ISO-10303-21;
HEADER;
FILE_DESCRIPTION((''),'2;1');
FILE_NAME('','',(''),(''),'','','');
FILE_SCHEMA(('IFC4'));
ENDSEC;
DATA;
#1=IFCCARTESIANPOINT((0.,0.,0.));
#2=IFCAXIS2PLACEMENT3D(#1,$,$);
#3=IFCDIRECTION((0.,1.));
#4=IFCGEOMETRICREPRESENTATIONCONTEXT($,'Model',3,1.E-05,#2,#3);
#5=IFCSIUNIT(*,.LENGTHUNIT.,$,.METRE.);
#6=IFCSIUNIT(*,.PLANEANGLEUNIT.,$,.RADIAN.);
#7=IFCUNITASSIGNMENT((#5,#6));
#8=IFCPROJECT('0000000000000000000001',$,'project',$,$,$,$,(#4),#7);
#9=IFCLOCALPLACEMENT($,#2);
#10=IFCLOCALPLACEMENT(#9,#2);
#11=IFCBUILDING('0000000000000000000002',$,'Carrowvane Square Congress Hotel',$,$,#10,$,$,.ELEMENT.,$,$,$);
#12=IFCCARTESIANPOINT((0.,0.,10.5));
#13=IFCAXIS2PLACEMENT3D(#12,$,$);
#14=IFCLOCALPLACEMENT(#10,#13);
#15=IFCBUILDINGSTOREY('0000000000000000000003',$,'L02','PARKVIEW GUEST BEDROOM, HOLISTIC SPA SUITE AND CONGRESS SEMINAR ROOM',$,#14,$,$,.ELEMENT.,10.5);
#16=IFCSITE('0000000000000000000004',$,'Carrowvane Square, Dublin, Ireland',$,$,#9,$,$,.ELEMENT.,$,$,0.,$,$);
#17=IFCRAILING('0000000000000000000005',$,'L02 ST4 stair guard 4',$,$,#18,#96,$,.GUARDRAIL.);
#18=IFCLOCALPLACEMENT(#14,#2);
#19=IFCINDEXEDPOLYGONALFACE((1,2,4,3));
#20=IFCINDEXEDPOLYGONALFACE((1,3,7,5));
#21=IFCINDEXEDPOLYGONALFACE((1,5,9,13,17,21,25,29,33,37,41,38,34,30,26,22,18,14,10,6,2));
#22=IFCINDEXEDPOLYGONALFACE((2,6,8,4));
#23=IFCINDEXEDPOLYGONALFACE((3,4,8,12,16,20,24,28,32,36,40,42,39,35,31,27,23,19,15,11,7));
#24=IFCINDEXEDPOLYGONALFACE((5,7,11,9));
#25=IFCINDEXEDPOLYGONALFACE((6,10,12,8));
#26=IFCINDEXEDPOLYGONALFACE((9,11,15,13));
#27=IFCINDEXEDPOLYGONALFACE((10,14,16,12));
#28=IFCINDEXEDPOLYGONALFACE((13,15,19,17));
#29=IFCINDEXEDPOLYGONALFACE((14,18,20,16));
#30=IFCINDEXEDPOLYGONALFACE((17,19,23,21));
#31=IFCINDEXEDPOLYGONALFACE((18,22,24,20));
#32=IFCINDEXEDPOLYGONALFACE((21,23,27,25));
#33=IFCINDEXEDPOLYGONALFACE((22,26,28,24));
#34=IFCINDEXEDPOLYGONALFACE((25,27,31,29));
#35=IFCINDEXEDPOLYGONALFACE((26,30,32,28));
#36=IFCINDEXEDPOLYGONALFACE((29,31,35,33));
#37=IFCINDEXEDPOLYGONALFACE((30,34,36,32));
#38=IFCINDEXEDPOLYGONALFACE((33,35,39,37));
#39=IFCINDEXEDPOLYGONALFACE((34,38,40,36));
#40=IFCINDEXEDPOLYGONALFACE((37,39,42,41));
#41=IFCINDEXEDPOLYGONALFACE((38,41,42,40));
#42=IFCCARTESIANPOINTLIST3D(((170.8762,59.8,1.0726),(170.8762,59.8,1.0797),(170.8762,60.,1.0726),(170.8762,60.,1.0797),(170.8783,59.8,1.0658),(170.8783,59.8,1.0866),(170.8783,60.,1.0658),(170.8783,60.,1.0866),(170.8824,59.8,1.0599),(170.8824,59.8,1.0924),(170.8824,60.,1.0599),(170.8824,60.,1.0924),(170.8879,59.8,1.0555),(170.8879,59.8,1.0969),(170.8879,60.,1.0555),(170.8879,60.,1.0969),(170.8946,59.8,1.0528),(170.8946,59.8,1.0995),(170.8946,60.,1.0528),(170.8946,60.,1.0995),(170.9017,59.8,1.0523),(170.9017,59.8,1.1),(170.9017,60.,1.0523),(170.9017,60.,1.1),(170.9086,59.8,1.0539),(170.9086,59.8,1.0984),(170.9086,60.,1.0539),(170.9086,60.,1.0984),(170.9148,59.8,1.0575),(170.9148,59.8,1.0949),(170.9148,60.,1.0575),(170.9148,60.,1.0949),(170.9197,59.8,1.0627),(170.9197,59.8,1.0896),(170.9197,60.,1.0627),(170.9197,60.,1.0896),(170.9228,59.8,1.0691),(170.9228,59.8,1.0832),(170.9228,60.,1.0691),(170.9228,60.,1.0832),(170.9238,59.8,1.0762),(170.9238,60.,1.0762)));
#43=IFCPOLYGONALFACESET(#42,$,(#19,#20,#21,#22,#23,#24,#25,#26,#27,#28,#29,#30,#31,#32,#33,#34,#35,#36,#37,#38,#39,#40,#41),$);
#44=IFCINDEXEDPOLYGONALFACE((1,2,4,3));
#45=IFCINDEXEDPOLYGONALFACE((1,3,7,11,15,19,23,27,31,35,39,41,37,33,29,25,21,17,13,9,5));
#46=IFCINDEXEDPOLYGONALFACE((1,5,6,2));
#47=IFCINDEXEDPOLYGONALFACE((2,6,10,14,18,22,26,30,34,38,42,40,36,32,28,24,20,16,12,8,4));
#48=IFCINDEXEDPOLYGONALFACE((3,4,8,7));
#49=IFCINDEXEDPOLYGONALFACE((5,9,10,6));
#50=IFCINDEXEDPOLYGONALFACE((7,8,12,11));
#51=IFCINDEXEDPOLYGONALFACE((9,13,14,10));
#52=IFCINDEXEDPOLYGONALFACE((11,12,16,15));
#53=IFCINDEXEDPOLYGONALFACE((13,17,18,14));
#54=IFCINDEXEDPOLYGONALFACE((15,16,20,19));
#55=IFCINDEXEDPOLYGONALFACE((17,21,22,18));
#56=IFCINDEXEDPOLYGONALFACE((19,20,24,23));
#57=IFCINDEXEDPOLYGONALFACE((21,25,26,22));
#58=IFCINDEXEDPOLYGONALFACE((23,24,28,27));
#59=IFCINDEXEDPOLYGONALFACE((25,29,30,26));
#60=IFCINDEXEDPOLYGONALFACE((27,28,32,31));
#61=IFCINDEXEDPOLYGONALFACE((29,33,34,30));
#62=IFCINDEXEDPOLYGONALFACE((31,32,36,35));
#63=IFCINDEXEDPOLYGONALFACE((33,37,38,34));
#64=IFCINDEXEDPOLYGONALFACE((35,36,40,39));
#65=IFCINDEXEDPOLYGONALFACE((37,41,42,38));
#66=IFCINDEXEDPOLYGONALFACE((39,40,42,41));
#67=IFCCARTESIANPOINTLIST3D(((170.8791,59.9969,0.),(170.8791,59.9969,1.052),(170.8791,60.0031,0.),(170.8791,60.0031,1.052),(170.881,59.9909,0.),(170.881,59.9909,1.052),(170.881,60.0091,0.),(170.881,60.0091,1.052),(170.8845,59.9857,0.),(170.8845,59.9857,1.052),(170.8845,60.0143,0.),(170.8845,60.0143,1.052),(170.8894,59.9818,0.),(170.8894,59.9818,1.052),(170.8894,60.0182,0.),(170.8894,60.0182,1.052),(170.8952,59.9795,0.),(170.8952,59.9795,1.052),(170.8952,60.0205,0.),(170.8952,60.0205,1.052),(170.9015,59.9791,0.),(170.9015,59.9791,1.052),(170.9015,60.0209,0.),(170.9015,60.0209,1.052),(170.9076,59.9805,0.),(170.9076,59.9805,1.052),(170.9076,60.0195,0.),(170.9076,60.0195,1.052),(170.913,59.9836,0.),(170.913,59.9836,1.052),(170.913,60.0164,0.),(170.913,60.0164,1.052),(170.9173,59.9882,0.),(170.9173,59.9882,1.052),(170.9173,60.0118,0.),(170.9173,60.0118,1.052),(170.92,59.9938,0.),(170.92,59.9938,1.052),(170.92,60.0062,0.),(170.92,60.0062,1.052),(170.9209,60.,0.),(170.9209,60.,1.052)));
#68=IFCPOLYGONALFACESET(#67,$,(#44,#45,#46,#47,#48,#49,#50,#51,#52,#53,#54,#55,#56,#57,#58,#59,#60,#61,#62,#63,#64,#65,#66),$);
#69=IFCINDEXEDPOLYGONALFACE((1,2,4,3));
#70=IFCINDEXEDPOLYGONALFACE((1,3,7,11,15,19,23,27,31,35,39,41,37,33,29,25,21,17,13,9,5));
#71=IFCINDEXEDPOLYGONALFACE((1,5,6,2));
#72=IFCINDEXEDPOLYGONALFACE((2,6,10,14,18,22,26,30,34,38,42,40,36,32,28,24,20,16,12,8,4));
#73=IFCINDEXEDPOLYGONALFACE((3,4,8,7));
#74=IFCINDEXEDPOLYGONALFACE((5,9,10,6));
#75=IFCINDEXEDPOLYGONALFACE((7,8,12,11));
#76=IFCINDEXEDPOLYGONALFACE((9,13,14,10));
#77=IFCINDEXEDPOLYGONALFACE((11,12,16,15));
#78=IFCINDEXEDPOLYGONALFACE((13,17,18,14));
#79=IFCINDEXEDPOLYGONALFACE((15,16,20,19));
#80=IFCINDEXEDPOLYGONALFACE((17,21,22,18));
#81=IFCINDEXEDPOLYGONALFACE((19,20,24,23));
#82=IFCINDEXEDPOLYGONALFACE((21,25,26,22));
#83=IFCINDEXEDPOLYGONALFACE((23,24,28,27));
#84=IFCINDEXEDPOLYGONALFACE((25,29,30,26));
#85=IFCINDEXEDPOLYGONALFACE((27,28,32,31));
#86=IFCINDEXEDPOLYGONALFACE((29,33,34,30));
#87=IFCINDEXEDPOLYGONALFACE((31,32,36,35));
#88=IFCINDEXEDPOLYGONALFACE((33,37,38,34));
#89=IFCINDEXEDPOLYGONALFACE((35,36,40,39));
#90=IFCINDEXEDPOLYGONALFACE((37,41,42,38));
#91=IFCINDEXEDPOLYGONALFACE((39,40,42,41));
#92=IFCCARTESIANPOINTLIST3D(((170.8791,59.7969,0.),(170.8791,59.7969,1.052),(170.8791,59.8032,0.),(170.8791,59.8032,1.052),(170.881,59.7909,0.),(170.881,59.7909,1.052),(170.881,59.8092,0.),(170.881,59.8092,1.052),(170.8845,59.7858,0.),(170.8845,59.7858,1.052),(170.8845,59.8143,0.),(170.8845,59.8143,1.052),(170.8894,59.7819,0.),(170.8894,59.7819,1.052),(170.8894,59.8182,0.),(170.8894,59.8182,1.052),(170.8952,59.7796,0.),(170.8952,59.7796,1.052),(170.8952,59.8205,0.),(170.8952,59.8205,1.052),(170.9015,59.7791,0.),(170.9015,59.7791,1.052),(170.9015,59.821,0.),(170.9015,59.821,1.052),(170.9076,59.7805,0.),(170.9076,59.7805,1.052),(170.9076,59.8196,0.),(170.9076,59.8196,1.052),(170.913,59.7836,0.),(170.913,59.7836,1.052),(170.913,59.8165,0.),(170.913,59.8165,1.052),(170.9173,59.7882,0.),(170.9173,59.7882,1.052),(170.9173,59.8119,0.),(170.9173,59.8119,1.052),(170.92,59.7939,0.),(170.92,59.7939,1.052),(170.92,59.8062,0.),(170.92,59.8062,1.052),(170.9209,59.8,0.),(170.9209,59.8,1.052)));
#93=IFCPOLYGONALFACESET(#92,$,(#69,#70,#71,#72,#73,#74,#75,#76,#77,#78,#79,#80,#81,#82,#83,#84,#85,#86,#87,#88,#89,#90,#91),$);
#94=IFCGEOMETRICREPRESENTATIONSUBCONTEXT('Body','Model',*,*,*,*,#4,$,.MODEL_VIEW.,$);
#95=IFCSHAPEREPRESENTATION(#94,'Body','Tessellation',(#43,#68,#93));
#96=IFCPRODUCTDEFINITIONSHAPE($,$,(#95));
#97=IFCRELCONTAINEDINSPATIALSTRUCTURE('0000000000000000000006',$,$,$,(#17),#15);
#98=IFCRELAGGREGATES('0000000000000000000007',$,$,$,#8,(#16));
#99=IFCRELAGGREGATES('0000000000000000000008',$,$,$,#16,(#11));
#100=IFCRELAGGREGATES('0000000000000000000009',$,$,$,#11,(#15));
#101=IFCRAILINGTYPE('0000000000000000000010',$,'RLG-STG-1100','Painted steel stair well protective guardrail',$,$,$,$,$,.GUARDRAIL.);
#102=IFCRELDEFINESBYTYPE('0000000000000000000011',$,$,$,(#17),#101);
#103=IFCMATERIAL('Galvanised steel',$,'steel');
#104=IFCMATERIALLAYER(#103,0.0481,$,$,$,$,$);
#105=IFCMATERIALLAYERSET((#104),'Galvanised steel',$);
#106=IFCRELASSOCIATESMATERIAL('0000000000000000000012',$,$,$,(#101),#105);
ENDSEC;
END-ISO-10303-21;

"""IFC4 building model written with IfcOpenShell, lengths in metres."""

from ifc_helpers import new_model, si_unit, direction, frame, origin, origin_2d, place, context, subcontext, project, spatial, circle, extrude, material, layer, layer_set, type_object, element, save


model = new_model("IFC4")

# Units and contexts
model_context = context("Model", 3, precision=1e-05, world=origin(), true_north=direction((0.0, 1.0)))
body_context = subcontext(model_context, "Body", "Model", "MODEL_VIEW")
ifc_project = project(units=[si_unit("LENGTHUNIT", "METRE"), si_unit("PLANEANGLEUNIT", "RADIAN")], contexts=[model_context])

# Site, building, storey
site_placement = place(None, origin())
site = spatial("IfcSite", under=ifc_project, at=site_placement, Name="Carrowvane Square, Dublin, Ireland", CompositionType="ELEMENT", RefElevation=0.0)
building_placement = place(site_placement, origin())
building = spatial("IfcBuilding", under=site, at=building_placement, Name="Carrowvane Square Congress Hotel", CompositionType="ELEMENT")
storey_placement = place(building_placement, frame((0.0, 0.0, 10.5)))
storey = spatial("IfcBuildingStorey", under=building, at=storey_placement, Name="L02", Description="PARKVIEW GUEST BEDROOM, HOLISTIC SPA SUITE AND CONGRESS SEMINAR ROOM", CompositionType="ELEMENT", Elevation=10.5)

# Railing
ifc_material_1 = material(Name="Galvanised steel", Category="steel")
ifc_layer_1 = layer(ifc_material_1, 0.0481)
ifc_layer_set_1 = layer_set([ifc_layer_1], Name="Galvanised steel")
railing_type_1 = type_object("IfcRailingType", Name="RLG-STG-1100", Description="Painted steel stair well protective guardrail", PredefinedType="GUARDRAIL", material=ifc_layer_set_1)
railing_1_placement = place(storey_placement, frame((170.8999, 60.0, 0.0)))
element("IfcRailing", 1, at=railing_1_placement, inside=storey, type_object=railing_type_1, Name="L02 ST4 stair guard 4", PredefinedType="GUARDRAIL", context=body_context, shape_type="SweptSolid", body=[
    extrude(circle(Radius=0.0239, at=origin_2d()), frame((0.0, 0.0, 1.0762), z_axis=(0.0, -1.0, 0.0), x_axis=(1.0, 0.0, 0.0)), (0.0, 0.0, 1.0), 0.2),
    extrude(circle(Radius=0.021, at=origin_2d()), origin(), (0.0, 0.0, 1.0), 1.052),
    extrude(circle(Radius=0.021, at=origin_2d()), frame((0.0, -0.2, 0.0)), (0.0, 0.0, 1.0), 1.052),
])

save(model, "model.ifc")
